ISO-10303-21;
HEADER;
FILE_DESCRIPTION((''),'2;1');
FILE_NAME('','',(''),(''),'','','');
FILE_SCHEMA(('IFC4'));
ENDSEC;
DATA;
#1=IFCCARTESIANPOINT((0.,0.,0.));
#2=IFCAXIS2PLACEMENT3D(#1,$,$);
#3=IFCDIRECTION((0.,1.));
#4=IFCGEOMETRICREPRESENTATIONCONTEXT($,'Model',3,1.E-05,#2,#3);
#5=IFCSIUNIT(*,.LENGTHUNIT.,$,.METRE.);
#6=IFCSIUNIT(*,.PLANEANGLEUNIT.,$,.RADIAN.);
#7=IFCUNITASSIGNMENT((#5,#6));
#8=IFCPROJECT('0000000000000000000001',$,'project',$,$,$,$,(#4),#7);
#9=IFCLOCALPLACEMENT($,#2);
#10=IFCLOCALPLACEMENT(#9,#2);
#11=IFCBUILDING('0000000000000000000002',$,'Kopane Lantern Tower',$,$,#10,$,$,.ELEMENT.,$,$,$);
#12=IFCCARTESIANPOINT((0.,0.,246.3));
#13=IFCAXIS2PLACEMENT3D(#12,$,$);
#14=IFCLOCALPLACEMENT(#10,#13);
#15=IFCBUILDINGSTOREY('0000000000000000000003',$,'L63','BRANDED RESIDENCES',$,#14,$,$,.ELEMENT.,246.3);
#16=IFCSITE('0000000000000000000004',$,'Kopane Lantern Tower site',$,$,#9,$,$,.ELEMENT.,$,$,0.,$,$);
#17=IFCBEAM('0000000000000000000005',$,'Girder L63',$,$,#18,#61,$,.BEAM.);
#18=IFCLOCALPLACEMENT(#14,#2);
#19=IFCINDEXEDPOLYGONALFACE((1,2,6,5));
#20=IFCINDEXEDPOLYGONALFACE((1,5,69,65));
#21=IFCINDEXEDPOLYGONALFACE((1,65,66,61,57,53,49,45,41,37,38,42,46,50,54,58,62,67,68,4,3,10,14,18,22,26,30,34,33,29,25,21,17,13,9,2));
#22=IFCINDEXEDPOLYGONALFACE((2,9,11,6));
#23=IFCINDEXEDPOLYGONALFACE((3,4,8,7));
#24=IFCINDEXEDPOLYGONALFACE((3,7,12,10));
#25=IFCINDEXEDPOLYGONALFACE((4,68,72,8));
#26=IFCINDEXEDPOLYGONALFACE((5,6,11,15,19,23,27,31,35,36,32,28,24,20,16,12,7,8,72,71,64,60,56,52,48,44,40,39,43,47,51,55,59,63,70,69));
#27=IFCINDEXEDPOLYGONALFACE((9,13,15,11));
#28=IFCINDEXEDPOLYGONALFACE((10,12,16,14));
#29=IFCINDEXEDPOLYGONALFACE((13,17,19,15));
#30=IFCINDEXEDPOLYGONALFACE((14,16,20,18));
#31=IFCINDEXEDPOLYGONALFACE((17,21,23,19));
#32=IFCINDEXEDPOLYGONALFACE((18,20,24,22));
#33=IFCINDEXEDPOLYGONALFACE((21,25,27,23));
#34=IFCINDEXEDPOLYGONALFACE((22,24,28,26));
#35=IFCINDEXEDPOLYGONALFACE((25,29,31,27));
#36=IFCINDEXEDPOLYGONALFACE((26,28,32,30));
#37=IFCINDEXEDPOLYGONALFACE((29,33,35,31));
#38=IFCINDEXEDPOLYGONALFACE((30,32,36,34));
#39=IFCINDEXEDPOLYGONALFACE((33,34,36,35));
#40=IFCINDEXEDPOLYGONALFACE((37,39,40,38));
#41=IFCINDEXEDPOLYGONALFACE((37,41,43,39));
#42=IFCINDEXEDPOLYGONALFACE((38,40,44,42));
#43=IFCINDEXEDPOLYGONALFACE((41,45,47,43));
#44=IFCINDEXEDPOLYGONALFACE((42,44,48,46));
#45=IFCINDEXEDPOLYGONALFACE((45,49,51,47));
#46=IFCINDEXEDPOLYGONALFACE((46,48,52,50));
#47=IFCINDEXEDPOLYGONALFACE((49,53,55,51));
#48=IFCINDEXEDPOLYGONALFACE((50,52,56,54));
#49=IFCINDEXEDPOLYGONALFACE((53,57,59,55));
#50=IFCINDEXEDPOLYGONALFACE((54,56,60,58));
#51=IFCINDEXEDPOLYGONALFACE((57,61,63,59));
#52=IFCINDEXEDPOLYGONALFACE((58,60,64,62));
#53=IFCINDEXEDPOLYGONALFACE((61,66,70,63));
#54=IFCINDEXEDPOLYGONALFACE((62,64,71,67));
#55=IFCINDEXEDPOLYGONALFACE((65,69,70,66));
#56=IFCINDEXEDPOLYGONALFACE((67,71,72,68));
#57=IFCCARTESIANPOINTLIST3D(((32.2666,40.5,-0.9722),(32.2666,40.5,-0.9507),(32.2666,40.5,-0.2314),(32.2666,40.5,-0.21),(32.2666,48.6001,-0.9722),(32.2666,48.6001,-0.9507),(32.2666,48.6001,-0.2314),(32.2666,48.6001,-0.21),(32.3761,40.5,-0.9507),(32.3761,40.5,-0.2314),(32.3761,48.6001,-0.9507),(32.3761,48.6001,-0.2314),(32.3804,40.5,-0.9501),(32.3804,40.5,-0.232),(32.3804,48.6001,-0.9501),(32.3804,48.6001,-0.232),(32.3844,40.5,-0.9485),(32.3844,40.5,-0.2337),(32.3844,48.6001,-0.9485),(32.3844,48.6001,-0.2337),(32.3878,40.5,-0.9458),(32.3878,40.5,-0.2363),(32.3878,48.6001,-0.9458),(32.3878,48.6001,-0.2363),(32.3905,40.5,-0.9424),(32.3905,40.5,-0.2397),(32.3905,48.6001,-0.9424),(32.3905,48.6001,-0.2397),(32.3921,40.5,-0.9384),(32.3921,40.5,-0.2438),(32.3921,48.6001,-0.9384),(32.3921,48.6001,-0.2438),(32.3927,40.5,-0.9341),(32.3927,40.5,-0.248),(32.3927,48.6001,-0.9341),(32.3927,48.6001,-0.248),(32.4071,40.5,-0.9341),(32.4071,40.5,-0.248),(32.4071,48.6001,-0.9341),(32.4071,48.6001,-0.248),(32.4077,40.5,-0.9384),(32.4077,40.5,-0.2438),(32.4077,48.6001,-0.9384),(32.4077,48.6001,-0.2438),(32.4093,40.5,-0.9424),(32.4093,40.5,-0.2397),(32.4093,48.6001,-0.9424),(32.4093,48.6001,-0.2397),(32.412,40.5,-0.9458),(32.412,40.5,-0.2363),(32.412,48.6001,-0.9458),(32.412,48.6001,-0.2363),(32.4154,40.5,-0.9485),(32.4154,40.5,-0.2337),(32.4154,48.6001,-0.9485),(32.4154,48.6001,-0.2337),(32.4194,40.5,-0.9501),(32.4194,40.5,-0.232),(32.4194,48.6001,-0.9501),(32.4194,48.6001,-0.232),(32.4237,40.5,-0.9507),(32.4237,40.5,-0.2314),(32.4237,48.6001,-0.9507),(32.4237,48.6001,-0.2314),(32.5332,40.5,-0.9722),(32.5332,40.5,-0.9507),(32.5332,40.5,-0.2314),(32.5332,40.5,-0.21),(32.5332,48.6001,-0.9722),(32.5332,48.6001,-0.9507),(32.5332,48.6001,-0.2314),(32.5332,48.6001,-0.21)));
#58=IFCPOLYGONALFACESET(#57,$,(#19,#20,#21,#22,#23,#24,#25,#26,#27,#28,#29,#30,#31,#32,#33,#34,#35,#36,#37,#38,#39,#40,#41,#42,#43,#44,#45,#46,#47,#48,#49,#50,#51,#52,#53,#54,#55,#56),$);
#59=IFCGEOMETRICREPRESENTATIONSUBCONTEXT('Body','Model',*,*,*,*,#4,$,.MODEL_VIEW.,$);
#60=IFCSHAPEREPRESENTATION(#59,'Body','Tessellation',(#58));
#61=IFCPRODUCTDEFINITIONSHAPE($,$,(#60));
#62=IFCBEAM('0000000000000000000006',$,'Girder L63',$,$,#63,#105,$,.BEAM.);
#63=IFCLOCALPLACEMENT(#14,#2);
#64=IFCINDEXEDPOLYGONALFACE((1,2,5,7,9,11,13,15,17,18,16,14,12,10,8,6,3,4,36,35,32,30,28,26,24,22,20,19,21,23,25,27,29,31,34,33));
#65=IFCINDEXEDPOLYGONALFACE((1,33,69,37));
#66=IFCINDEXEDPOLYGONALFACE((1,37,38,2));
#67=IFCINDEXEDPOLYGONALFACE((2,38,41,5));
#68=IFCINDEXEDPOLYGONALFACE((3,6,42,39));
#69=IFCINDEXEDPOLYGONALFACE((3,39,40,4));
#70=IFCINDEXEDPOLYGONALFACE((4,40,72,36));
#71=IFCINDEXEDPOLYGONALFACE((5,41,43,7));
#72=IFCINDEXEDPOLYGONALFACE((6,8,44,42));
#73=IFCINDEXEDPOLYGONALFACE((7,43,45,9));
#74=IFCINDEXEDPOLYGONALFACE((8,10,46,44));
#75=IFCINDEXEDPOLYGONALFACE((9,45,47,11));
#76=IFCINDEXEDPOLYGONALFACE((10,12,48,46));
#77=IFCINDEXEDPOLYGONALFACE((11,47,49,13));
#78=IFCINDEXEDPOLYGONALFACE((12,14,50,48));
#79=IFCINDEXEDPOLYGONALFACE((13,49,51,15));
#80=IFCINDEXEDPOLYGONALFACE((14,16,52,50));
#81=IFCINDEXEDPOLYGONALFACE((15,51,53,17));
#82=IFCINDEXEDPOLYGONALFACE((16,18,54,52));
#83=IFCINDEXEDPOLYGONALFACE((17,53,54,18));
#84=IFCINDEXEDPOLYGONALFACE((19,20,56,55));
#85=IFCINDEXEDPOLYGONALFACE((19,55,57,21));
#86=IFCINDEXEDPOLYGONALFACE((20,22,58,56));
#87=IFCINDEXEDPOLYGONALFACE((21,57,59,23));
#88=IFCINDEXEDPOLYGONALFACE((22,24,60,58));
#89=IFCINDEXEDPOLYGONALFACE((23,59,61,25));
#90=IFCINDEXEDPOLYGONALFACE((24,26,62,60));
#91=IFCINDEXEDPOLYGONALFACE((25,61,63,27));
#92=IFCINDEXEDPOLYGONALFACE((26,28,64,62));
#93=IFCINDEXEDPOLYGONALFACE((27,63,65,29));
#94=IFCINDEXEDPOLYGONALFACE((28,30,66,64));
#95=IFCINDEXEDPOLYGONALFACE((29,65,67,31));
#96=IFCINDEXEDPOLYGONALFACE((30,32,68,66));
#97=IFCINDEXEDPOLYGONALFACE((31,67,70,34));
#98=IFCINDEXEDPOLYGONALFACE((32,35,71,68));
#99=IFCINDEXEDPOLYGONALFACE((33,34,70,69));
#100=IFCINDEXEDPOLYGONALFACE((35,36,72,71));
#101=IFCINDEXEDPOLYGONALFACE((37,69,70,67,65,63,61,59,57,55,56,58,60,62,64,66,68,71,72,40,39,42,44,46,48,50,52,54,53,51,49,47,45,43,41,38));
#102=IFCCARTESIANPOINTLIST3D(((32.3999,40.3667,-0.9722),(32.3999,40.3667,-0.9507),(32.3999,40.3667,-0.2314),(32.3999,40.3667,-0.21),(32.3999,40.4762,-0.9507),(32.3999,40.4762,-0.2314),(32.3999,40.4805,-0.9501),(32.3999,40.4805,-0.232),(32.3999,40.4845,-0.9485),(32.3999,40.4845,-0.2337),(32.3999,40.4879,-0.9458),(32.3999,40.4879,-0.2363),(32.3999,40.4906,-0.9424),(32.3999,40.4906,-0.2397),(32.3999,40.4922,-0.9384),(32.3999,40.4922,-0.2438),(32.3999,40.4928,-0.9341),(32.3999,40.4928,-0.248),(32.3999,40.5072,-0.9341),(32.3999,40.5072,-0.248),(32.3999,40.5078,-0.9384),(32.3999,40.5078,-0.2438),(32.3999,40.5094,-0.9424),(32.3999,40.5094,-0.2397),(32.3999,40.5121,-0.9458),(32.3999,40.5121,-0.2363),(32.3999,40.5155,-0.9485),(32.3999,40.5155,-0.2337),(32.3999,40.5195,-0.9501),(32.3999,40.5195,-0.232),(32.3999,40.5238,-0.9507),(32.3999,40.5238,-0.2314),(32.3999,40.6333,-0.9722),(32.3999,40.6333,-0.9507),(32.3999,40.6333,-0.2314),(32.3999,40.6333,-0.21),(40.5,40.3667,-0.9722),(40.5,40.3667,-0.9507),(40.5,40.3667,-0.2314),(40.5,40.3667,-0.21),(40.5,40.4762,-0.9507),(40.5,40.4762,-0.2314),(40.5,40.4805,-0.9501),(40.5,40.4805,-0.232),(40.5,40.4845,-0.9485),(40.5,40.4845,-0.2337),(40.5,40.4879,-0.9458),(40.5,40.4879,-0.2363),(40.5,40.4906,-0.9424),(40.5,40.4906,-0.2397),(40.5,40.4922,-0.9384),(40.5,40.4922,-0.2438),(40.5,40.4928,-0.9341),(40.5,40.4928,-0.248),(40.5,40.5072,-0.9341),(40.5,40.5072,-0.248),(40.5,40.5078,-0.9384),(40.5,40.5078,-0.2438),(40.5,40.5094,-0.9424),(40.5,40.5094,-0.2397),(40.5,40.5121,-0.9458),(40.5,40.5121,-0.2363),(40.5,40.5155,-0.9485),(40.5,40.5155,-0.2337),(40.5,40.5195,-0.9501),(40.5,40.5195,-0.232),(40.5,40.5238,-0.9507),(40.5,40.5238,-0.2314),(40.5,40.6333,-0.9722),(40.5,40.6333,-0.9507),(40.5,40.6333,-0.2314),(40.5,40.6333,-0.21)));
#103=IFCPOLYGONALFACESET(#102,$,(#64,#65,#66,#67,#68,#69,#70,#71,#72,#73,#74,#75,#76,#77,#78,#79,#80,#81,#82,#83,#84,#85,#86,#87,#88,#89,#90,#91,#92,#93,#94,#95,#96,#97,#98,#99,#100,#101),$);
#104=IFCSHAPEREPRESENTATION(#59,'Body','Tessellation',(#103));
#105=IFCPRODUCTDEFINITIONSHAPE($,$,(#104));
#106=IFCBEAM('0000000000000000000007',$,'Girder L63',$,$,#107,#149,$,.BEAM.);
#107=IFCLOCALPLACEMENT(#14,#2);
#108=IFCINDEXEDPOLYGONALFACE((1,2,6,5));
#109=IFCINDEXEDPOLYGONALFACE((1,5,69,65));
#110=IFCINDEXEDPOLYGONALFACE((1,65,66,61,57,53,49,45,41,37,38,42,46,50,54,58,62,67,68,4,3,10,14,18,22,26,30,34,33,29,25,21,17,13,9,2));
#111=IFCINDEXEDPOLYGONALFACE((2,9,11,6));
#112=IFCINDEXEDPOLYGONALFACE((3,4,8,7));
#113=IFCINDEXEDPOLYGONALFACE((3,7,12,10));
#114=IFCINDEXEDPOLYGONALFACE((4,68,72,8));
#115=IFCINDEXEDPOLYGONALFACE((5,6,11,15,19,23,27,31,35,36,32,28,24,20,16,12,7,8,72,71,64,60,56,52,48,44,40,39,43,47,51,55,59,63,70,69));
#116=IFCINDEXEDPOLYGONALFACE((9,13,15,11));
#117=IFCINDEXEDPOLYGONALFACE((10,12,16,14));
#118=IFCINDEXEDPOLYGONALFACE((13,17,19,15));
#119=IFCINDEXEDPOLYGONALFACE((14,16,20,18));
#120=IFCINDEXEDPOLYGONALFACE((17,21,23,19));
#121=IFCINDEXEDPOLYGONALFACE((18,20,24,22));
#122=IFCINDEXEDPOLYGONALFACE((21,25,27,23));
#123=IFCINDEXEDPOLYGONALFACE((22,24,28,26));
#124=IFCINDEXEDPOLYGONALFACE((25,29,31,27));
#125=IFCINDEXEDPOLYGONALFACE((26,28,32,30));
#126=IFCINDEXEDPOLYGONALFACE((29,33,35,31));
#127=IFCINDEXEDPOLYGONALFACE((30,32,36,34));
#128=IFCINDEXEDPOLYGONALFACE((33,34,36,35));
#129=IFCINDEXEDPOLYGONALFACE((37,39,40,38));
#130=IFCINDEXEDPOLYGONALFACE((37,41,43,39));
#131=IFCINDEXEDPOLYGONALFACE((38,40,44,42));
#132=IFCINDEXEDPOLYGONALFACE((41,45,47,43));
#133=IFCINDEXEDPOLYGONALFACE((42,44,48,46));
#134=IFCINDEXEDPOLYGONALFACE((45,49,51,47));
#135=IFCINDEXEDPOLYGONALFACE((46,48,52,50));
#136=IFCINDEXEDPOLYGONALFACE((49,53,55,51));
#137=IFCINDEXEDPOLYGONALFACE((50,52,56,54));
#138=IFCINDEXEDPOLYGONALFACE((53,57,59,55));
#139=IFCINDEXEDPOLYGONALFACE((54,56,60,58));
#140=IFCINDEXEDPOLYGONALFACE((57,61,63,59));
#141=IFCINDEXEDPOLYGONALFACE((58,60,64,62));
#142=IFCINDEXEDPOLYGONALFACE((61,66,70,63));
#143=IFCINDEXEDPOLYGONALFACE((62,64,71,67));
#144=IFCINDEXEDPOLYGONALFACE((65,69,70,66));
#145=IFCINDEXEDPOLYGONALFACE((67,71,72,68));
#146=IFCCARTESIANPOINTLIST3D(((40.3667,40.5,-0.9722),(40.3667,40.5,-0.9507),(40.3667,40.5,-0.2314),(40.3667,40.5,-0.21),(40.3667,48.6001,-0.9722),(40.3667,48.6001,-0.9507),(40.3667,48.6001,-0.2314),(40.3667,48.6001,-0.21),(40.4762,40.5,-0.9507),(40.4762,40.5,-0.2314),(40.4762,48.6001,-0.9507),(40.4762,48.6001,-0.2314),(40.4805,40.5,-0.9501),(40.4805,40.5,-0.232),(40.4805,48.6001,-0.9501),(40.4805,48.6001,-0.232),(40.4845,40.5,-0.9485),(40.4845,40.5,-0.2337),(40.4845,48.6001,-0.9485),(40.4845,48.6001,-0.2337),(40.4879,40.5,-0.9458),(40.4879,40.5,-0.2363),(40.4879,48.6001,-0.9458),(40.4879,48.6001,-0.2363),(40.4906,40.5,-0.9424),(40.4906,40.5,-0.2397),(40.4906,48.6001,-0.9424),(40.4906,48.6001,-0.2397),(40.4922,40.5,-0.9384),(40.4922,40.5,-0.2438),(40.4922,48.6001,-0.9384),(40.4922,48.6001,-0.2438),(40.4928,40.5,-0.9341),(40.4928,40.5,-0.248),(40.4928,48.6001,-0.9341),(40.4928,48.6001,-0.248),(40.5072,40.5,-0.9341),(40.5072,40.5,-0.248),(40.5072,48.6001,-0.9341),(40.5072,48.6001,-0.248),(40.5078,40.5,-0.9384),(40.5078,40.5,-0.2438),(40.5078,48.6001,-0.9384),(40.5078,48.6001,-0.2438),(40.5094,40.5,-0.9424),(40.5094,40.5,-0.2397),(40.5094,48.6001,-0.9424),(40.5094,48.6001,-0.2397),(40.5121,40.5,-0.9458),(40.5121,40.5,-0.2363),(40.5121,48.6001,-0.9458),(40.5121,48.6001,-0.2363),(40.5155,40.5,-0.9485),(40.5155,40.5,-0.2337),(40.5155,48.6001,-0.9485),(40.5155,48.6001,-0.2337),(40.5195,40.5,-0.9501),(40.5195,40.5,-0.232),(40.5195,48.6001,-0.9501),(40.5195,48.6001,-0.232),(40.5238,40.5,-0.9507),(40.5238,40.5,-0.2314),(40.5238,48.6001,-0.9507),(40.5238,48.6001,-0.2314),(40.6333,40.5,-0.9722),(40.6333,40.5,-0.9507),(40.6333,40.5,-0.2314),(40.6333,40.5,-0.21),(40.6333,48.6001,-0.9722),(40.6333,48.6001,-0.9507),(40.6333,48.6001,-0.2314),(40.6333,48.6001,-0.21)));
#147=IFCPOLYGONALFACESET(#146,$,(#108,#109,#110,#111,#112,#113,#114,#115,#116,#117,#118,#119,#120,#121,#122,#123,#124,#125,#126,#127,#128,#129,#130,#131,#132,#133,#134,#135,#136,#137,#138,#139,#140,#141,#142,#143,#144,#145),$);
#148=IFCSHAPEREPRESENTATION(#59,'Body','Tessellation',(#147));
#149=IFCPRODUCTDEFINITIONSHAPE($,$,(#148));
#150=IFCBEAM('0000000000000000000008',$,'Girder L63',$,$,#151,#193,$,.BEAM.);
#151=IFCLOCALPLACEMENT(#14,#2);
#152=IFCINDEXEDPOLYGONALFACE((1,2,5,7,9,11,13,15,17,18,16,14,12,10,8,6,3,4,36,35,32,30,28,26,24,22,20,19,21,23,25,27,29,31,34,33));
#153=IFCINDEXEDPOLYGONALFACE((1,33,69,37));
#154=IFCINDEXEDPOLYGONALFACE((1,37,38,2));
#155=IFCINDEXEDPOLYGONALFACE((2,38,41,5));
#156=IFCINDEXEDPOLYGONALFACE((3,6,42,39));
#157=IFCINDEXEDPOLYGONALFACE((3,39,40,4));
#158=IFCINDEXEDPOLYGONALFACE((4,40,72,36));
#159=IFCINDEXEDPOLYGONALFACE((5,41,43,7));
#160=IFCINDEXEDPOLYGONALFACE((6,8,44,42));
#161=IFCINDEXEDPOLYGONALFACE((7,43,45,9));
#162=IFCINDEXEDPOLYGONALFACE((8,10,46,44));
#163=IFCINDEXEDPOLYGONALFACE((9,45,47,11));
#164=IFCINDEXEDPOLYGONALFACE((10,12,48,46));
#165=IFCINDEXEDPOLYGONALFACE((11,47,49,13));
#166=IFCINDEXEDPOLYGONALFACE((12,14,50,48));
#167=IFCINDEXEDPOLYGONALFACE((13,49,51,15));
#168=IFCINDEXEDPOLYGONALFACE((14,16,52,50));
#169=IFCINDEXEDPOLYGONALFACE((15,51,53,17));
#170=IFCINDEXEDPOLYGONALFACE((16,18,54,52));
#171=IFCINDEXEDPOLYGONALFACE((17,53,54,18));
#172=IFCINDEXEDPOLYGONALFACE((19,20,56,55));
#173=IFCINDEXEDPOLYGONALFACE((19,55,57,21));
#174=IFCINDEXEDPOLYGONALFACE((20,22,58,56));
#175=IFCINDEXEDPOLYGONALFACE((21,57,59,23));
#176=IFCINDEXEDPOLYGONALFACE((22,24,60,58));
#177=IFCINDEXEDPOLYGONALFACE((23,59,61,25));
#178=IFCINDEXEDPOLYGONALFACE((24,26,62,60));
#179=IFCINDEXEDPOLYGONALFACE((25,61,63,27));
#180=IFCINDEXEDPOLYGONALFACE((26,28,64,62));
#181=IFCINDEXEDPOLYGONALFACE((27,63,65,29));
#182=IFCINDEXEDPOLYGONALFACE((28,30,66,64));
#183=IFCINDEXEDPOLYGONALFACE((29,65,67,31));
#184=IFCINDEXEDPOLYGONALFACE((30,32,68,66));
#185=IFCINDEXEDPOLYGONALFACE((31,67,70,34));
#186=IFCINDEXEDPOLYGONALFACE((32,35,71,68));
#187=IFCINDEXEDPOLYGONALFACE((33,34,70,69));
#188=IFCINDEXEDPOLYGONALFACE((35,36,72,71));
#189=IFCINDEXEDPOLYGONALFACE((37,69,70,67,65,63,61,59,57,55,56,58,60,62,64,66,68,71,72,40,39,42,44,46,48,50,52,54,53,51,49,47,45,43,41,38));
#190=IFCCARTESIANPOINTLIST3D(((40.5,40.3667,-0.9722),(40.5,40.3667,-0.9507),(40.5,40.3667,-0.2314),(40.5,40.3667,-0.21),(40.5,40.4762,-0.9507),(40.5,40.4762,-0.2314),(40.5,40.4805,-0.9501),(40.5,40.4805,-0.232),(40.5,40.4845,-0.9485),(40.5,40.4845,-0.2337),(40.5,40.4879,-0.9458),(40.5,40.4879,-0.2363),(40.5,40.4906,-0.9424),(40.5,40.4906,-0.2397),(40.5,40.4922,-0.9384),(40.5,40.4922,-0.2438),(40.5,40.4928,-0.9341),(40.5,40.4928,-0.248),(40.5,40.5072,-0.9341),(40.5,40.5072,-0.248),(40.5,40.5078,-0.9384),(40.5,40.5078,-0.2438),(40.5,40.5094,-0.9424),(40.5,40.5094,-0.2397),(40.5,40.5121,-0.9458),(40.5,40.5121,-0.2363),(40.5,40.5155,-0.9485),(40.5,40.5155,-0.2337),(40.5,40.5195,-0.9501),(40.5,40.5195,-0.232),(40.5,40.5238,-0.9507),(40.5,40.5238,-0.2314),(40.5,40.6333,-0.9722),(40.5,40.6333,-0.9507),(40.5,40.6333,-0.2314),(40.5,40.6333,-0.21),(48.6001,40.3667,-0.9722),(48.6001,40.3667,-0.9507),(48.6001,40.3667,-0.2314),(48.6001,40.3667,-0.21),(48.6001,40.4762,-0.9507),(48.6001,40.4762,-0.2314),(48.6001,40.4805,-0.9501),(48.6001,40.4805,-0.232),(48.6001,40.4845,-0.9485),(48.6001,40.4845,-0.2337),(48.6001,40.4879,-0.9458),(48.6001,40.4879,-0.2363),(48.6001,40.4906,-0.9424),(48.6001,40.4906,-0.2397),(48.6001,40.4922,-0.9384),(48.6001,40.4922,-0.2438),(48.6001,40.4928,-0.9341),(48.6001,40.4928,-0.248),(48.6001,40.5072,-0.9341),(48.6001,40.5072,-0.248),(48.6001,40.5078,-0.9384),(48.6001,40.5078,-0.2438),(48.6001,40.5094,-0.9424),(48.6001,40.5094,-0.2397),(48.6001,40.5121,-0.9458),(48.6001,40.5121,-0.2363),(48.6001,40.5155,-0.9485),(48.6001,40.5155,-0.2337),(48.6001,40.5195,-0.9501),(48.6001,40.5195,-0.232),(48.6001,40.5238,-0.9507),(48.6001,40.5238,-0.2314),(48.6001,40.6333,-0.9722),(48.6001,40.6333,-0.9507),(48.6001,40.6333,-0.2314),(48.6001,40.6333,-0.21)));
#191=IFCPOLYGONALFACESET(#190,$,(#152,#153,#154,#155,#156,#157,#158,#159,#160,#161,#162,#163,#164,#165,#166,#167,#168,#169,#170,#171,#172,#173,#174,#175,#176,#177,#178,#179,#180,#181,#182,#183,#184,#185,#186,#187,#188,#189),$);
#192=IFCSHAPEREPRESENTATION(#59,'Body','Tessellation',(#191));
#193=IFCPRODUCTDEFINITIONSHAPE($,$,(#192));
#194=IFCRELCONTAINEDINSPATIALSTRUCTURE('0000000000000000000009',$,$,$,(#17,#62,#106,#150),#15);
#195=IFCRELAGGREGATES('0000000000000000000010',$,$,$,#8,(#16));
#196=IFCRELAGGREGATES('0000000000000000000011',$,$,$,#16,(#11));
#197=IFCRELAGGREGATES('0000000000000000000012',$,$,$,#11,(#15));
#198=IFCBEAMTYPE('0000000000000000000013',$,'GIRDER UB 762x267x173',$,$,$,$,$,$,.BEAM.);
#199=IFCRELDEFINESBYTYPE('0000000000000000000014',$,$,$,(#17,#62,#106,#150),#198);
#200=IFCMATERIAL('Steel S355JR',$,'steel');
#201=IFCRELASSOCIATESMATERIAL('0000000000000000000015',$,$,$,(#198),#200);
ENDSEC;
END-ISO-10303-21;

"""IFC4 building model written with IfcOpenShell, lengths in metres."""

from ifc_helpers import new_model, si_unit, direction, frame, origin, origin_2d, place, context, subcontext, project, spatial, i_section, extrude, material, material_profile, profile_set, type_object, element, save


model = new_model("IFC4")

# Units and contexts
model_context = context("Model", 3, precision=1e-05, world=origin(), true_north=direction((0.0, 1.0)))
body_context = subcontext(model_context, "Body", "Model", "MODEL_VIEW")
ifc_project = project(units=[si_unit("LENGTHUNIT", "METRE"), si_unit("PLANEANGLEUNIT", "RADIAN")], contexts=[model_context])

# Site, building, storey
site_placement = place(None, origin())
site = spatial("IfcSite", under=ifc_project, at=site_placement, Name="Kopane Lantern Tower site", CompositionType="ELEMENT", RefElevation=0.0)
building_placement = place(site_placement, origin())
building = spatial("IfcBuilding", under=site, at=building_placement, Name="Kopane Lantern Tower", CompositionType="ELEMENT")
storey_placement = place(building_placement, frame((0.0, 0.0, 246.3)))
storey = spatial("IfcBuildingStorey", under=building, at=storey_placement, Name="L63", Description="BRANDED RESIDENCES", CompositionType="ELEMENT", Elevation=246.3)

# Beams
ifc_material_1 = material(Name="Steel S355JR", Category="steel")
ifc_material_profile_1 = material_profile(ifc_material_1, i_section(OverallWidth=0.2666, OverallDepth=0.7622, WebThickness=0.0144, FlangeThickness=0.0215, FilletRadius=0.0166, at=origin_2d()), Name="UB 762x267x173")
ifc_profile_set_1 = profile_set([ifc_material_profile_1], Name="Steel S355JR")
beam_type = type_object("IfcBeamType", Name="GIRDER UB 762x267x173", PredefinedType="BEAM", material=ifc_profile_set_1)
for number, where, z_axis, x_axis, name in (
    (1, (32.3999, 40.5, -0.5911), (0.0, 1.0, 0.0), (-1.0, 0.0, 0.0), "Girder L63"),
    (2, (32.3999, 40.5, -0.5911), (1.0, 0.0, 0.0), (0.0, 1.0, 0.0), "Girder L63"),
    (3, (40.5, 40.5, -0.5911), (0.0, 1.0, 0.0), (-1.0, 0.0, 0.0), "Girder L63"),
    (4, (40.5, 40.5, -0.5911), (1.0, 0.0, 0.0), (0.0, 1.0, 0.0), "Girder L63"),
):
    element("IfcBeam", number, at=place(storey_placement, frame(where, z_axis=z_axis, x_axis=x_axis)), inside=storey, type_object=beam_type, Name=name, PredefinedType="BEAM", context=body_context, shape_type="SweptSolid", body=[
        extrude(i_section(OverallWidth=0.2666, OverallDepth=0.7622, WebThickness=0.0144, FlangeThickness=0.0215, FilletRadius=0.0166, at=origin_2d()), origin(), (0.0, 0.0, 1.0), 8.1001),
    ])

save(model, "model.ifc")
